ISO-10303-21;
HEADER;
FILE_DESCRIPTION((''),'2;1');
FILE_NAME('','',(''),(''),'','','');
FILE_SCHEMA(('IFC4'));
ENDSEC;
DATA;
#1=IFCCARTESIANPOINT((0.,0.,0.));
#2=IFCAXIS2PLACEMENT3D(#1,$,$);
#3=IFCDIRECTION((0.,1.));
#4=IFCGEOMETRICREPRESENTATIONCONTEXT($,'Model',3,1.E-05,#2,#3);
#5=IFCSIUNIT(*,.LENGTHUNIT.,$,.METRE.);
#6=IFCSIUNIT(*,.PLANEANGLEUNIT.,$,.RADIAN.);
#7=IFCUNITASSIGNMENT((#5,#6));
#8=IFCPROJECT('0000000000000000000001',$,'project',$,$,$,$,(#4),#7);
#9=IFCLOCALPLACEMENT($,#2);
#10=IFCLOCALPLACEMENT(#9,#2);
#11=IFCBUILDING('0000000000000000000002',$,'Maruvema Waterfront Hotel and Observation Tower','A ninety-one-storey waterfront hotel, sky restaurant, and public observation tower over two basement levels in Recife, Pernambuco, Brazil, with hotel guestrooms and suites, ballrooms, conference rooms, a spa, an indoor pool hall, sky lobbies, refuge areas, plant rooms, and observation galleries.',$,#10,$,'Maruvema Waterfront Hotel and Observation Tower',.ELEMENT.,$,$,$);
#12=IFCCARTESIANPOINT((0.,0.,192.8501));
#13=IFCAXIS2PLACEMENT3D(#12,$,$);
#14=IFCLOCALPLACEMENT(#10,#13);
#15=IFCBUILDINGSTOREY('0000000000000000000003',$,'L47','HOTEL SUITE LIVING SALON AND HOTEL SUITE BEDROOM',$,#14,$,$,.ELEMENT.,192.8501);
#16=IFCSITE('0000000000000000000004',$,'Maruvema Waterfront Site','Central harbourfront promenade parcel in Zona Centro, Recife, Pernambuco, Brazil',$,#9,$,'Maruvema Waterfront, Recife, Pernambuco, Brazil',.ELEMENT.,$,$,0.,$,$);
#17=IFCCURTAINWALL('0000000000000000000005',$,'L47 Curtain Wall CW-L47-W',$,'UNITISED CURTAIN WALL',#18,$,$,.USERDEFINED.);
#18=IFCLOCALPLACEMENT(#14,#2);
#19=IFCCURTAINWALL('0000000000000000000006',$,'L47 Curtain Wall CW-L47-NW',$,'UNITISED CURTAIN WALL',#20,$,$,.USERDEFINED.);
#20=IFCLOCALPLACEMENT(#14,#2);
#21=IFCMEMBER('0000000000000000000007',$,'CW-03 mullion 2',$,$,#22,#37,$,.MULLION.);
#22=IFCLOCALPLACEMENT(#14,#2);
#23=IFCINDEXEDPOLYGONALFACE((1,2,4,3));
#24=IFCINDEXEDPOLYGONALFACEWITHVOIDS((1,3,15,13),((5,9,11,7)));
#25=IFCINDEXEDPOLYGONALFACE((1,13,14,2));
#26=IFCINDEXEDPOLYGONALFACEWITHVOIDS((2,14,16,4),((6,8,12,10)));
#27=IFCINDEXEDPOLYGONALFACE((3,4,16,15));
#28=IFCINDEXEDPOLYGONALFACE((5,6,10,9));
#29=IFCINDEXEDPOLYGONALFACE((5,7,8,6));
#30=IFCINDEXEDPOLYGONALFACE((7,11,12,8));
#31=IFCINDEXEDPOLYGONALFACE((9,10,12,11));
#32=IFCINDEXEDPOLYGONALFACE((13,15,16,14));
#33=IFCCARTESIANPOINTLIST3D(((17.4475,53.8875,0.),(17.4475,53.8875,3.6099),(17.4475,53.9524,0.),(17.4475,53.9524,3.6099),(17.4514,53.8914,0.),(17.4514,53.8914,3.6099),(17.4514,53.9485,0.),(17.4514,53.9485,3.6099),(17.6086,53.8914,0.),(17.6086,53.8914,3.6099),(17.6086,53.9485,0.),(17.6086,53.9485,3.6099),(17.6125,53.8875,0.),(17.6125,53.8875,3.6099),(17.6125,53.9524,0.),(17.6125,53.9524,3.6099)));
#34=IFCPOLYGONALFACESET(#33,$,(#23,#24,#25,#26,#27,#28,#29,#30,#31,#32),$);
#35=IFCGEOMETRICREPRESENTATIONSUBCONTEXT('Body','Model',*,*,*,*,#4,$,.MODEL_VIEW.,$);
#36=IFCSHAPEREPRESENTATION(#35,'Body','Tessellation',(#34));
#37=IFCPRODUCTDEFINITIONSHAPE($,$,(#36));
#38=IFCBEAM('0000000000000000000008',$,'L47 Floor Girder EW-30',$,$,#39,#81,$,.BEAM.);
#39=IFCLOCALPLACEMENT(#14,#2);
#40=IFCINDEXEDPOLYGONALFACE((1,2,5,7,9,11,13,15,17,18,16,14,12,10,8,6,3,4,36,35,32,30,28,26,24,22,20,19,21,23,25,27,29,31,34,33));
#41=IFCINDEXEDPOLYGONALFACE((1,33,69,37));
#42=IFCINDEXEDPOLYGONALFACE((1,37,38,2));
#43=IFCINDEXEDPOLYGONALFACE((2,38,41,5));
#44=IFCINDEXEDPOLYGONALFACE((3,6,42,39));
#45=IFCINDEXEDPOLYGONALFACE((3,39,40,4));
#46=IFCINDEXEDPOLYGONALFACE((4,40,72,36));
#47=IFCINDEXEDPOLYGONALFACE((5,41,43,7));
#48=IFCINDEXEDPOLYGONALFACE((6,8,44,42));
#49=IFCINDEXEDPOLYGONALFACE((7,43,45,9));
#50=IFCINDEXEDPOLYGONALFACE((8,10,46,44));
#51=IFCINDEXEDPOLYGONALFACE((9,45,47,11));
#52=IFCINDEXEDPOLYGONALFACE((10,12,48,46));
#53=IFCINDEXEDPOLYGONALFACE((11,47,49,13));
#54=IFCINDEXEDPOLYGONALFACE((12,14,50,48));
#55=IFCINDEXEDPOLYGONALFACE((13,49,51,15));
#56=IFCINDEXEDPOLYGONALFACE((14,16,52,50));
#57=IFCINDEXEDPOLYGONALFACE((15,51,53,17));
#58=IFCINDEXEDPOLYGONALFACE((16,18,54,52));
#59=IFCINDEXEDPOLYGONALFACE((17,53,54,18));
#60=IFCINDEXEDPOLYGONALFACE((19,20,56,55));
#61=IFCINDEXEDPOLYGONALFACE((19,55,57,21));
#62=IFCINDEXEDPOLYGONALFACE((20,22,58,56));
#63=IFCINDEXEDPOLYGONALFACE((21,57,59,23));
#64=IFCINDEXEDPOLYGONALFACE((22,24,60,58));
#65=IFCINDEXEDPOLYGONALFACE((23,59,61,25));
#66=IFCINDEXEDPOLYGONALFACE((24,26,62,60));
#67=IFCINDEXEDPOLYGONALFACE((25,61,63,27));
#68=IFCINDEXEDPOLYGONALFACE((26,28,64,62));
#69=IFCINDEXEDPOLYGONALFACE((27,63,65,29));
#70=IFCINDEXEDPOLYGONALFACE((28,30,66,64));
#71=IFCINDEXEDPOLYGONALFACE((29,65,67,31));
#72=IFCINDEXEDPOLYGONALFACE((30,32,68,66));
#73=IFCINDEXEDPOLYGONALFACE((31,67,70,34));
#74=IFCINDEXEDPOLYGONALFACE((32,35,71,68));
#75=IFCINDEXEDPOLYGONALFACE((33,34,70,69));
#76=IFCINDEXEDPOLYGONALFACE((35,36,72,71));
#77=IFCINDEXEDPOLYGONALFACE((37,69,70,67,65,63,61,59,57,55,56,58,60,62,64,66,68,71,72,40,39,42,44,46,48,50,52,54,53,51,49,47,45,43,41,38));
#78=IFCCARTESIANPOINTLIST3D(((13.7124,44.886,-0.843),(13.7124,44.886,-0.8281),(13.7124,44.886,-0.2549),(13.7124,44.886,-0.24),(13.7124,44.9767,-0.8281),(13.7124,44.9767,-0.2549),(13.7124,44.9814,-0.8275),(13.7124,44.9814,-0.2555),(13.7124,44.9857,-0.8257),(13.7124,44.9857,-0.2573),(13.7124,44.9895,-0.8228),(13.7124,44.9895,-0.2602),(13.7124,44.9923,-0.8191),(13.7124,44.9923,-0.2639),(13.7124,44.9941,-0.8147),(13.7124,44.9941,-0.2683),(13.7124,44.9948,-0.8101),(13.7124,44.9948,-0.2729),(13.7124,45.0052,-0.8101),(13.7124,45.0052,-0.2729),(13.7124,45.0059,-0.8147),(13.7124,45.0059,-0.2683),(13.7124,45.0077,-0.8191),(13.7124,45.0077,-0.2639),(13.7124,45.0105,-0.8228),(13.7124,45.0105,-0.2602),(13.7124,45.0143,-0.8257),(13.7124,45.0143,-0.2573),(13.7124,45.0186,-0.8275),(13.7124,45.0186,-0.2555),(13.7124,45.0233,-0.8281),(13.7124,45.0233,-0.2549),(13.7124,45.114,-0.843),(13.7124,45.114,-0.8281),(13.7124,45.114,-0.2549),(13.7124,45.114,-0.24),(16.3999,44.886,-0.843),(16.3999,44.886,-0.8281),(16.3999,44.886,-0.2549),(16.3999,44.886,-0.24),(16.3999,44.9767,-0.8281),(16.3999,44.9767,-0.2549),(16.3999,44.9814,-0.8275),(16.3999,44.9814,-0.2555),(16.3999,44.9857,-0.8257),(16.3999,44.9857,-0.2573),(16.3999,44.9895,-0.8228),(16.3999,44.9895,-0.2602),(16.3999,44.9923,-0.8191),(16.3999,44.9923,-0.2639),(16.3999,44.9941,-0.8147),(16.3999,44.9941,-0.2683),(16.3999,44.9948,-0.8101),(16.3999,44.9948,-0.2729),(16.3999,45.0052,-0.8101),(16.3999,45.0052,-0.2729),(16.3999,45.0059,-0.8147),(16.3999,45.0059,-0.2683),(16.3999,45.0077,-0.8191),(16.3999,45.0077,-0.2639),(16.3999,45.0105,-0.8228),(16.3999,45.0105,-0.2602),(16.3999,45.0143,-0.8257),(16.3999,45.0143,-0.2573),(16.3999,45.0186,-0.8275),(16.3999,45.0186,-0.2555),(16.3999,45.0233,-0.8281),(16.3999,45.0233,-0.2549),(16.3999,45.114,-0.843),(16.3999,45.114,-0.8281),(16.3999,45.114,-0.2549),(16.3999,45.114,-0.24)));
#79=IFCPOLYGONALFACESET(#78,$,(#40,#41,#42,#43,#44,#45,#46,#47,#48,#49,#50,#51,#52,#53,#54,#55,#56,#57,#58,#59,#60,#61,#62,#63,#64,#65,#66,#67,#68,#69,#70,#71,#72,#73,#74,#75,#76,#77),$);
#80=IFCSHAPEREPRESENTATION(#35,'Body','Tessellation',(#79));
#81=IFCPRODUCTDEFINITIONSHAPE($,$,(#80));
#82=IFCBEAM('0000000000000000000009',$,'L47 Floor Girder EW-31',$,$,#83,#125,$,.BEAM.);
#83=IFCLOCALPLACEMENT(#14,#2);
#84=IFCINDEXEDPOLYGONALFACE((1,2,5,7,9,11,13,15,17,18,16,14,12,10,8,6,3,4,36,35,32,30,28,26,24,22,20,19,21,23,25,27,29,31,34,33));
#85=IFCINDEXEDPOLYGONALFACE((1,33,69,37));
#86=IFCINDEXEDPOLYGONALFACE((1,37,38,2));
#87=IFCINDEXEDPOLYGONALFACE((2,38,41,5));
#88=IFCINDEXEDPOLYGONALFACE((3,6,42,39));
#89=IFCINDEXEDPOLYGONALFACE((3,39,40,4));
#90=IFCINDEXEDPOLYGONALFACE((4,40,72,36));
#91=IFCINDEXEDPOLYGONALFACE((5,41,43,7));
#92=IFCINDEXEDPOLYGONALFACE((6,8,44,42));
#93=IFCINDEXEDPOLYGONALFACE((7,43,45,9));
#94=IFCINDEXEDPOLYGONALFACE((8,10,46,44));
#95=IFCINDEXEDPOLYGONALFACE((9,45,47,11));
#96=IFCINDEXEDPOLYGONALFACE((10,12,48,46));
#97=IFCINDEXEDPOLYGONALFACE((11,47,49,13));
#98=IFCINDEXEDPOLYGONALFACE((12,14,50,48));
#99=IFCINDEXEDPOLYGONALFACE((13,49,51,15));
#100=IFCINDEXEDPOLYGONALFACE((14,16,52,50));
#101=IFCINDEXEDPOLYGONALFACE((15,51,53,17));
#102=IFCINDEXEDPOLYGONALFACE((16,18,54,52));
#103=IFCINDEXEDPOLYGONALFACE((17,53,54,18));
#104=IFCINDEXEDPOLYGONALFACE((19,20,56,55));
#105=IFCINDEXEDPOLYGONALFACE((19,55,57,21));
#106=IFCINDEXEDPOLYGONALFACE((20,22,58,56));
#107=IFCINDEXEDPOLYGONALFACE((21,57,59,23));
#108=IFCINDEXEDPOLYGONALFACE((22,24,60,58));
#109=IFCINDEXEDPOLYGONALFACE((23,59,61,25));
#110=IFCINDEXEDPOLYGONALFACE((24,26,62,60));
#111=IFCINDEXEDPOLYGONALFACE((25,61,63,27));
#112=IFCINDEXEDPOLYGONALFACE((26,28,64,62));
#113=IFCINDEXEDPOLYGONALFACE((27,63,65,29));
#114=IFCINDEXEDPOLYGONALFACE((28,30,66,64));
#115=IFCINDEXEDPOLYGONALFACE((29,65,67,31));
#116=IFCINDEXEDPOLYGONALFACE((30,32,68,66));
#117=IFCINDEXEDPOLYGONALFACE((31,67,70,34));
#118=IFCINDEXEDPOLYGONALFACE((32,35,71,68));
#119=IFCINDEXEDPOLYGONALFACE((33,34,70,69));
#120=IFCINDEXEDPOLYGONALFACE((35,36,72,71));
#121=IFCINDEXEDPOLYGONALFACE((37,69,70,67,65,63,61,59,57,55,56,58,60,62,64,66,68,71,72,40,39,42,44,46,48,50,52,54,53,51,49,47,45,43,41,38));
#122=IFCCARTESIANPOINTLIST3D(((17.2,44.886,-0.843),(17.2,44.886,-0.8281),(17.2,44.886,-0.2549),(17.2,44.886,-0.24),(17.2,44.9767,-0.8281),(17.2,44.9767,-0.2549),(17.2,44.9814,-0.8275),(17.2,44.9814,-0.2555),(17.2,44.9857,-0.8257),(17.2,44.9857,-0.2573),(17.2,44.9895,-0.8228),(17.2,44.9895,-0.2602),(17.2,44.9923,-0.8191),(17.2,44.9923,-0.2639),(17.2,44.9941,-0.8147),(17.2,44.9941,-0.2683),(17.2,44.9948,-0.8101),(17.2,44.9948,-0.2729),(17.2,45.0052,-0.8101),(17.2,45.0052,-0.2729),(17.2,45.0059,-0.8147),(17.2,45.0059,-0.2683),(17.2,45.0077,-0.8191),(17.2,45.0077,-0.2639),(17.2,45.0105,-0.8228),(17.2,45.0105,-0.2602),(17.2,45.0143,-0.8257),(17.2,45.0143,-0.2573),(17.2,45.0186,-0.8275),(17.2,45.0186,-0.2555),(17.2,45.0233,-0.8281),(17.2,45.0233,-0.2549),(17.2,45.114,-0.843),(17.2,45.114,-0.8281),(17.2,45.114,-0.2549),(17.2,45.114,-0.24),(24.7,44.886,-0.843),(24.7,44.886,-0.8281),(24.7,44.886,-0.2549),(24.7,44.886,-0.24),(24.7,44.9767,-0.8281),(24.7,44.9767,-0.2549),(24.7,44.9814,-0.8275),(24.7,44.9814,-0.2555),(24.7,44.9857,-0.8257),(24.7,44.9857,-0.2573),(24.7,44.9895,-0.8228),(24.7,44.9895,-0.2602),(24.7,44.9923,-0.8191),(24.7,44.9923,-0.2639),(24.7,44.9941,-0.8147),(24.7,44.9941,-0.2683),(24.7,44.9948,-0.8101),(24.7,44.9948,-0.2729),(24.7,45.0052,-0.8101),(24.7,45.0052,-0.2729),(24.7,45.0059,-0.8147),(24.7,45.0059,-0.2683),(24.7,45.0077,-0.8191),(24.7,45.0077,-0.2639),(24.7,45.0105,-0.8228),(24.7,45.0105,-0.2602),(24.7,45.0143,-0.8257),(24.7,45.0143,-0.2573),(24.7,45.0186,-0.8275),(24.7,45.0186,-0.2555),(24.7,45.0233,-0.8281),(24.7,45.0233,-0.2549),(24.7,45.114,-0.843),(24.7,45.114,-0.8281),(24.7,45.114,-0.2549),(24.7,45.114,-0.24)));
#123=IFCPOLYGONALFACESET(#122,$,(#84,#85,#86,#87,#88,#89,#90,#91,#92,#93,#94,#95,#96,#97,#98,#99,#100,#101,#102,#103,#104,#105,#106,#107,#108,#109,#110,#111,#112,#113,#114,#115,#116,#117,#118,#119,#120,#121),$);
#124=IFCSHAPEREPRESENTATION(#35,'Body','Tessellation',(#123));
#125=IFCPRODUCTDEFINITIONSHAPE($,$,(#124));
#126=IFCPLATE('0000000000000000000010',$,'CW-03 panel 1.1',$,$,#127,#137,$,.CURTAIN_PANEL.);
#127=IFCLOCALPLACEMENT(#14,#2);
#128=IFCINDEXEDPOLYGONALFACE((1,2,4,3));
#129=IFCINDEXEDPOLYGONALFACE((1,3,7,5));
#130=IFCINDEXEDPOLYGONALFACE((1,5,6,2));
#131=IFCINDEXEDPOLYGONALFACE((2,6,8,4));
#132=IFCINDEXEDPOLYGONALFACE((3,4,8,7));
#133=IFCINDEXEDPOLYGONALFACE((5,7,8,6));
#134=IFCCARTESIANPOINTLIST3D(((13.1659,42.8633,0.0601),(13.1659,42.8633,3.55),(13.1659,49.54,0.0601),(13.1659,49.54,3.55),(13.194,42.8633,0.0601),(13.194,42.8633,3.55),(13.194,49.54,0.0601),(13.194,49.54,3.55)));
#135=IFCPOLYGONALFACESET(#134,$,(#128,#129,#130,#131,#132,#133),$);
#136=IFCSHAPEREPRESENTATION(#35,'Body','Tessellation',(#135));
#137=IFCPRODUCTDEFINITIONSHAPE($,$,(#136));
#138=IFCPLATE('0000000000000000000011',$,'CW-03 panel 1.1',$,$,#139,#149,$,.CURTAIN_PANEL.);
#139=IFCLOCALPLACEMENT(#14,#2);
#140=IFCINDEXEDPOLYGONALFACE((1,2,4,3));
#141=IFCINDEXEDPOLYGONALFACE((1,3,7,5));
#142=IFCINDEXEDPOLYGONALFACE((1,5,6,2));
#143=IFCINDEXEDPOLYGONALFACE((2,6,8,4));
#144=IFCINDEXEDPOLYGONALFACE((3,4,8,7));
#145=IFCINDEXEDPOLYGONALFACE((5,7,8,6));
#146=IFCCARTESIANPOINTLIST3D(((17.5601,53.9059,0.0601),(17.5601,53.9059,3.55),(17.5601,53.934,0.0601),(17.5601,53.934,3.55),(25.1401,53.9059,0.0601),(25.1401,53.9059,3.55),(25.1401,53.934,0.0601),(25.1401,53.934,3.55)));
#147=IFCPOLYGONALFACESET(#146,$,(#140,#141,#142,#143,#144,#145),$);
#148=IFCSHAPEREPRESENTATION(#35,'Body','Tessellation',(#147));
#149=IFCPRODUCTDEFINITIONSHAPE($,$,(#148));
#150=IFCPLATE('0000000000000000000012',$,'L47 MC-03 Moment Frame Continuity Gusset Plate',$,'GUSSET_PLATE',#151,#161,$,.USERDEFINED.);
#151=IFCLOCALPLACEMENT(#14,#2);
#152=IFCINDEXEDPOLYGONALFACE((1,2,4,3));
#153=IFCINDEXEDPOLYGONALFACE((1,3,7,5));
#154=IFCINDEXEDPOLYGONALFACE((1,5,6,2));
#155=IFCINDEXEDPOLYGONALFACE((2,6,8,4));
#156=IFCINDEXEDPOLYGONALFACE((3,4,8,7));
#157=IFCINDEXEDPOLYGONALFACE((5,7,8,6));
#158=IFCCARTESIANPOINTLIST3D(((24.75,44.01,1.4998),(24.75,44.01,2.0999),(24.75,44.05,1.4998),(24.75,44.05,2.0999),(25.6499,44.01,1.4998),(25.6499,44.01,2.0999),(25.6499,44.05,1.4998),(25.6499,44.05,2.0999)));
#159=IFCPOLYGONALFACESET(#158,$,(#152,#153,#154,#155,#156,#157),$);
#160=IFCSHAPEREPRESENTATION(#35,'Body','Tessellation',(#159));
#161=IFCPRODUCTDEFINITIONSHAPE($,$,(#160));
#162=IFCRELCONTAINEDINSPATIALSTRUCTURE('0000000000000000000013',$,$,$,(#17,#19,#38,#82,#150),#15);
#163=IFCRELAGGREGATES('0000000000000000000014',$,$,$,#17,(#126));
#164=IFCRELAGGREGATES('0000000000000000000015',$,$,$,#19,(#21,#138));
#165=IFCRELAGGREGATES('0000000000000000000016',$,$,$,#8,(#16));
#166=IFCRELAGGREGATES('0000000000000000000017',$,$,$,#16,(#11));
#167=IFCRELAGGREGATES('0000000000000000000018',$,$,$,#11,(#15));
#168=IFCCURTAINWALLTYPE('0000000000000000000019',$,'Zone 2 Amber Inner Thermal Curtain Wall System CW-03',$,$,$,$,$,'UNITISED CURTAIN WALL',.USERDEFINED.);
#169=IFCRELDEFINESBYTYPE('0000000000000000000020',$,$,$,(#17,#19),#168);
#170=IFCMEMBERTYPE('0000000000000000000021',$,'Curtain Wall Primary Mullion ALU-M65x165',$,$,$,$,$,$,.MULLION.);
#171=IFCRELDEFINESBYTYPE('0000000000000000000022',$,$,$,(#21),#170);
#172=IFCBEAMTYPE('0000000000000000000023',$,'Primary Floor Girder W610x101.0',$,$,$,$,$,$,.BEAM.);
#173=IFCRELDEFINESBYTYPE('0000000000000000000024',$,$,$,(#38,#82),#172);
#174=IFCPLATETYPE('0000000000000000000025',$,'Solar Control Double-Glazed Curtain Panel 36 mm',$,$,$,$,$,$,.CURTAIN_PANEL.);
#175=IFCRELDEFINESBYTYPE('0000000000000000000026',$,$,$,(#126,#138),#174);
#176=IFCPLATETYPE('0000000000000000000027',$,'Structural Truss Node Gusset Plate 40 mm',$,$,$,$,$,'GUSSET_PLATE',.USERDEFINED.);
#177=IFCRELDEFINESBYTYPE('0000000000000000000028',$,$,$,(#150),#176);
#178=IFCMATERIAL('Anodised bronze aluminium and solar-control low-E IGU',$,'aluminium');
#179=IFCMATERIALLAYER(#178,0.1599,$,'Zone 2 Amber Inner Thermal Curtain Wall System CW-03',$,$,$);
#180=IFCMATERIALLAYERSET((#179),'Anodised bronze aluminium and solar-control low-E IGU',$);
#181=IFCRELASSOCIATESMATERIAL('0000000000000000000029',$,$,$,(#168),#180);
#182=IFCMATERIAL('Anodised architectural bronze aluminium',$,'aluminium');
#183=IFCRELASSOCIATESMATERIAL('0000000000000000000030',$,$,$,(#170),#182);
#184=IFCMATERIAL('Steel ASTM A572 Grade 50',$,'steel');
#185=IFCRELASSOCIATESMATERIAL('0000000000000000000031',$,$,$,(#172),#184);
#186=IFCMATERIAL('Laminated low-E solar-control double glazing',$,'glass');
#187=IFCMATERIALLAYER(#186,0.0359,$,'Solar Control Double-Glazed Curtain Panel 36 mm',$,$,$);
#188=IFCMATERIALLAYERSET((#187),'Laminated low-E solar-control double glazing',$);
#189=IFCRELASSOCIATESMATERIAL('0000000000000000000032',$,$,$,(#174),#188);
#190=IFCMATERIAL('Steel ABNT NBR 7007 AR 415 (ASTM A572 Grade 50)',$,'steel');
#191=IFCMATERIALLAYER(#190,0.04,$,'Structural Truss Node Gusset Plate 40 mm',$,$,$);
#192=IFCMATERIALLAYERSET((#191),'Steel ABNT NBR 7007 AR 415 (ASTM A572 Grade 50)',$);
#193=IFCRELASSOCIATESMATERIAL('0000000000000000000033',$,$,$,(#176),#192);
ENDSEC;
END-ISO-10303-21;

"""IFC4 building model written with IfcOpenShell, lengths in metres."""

from ifc_helpers import new_model, si_unit, direction, frame, origin, origin_2d, place, context, subcontext, project, spatial, rectangle, hollow_rectangle, i_section, extrude, material, layer, layer_set, material_profile, profile_set, type_object, element, aggregate, save


model = new_model("IFC4")

# Units and contexts
model_context = context("Model", 3, precision=1e-05, world=origin(), true_north=direction((0.0, 1.0)))
body_context = subcontext(model_context, "Body", "Model", "MODEL_VIEW")
ifc_project = project(units=[si_unit("LENGTHUNIT", "METRE"), si_unit("PLANEANGLEUNIT", "RADIAN")], contexts=[model_context])

# Site, building, storey
site_placement = place(None, origin())
site = spatial("IfcSite", under=ifc_project, at=site_placement, Name="Maruvema Waterfront Site", Description="Central harbourfront promenade parcel in Zona Centro, Recife, Pernambuco, Brazil", LongName="Maruvema Waterfront, Recife, Pernambuco, Brazil", CompositionType="ELEMENT", RefElevation=0.0)
building_placement = place(site_placement, origin())
building = spatial("IfcBuilding", under=site, at=building_placement, Name="Maruvema Waterfront Hotel and Observation Tower", Description="A ninety-one-storey waterfront hotel, sky restaurant, and public observation tower over two basement levels in Recife, Pernambuco, Brazil, with hotel guestrooms and suites, ballrooms, conference rooms, a spa, an indoor pool hall, sky lobbies, refuge areas, plant rooms, and observation galleries.", LongName="Maruvema Waterfront Hotel and Observation Tower", CompositionType="ELEMENT")
storey_placement = place(building_placement, frame((0.0, 0.0, 192.8501)))
storey = spatial("IfcBuildingStorey", under=building, at=storey_placement, Name="L47", Description="HOTEL SUITE LIVING SALON AND HOTEL SUITE BEDROOM", CompositionType="ELEMENT", Elevation=192.8501)

# Curtain walls
ifc_material_1 = material(Name="Anodised bronze aluminium and solar-control low-E IGU", Category="aluminium")
ifc_layer_1 = layer(ifc_material_1, 0.1599, Name="Zone 2 Amber Inner Thermal Curtain Wall System CW-03")
ifc_layer_set_1 = layer_set([ifc_layer_1], Name="Anodised bronze aluminium and solar-control low-E IGU")
curtain_wall_type = type_object("IfcCurtainWallType", Name="Zone 2 Amber Inner Thermal Curtain Wall System CW-03", ElementType="UNITISED CURTAIN WALL", PredefinedType="USERDEFINED", material=ifc_layer_set_1)
curtain_wall_1_placement = place(storey_placement, origin())
curtain_wall_1 = element("IfcCurtainWall", 1, at=curtain_wall_1_placement, inside=storey, type_object=curtain_wall_type, Name="L47 Curtain Wall CW-L47-W", ObjectType="UNITISED CURTAIN WALL", PredefinedType="USERDEFINED")
curtain_wall_2_placement = place(storey_placement, origin())
curtain_wall_2 = element("IfcCurtainWall", 2, at=curtain_wall_2_placement, inside=storey, type_object=curtain_wall_type, Name="L47 Curtain Wall CW-L47-NW", ObjectType="UNITISED CURTAIN WALL", PredefinedType="USERDEFINED")

# Member
ifc_material_2 = material(Name="Anodised architectural bronze aluminium", Category="aluminium")
ifc_material_profile_1 = material_profile(ifc_material_2, hollow_rectangle(XDim=0.0649, YDim=0.165, WallThickness=0.0039, at=origin_2d()), Name="ALU-M65x165")
ifc_profile_set_1 = profile_set([ifc_material_profile_1], Name="Anodised architectural bronze aluminium")
member_type_1 = type_object("IfcMemberType", Name="Curtain Wall Primary Mullion ALU-M65x165", PredefinedType="MULLION", material=ifc_profile_set_1)
member_1_placement = place(storey_placement, frame((17.53, 53.9199, 0.0), z_axis=(0.0, 0.0, 1.0), x_axis=(0.0, -1.0, 0.0)))
member_1 = element("IfcMember", 3, at=member_1_placement, type_object=member_type_1, Name="CW-03 mullion 2", PredefinedType="MULLION", context=body_context, shape_type="SweptSolid", body=[
    extrude(hollow_rectangle(XDim=0.0649, YDim=0.165, WallThickness=0.0039, at=origin_2d()), origin(), (0.0, 0.0, 1.0), 3.6099),
])

# Beams
ifc_material_3 = material(Name="Steel ASTM A572 Grade 50", Category="steel")
ifc_material_profile_2 = material_profile(ifc_material_3, i_section(OverallWidth=0.228, OverallDepth=0.603, WebThickness=0.0105, FlangeThickness=0.0149, FilletRadius=0.0181, at=origin_2d()), Name="W610x101.0")
ifc_profile_set_2 = profile_set([ifc_material_profile_2], Name="Steel ASTM A572 Grade 50")
beam_type = type_object("IfcBeamType", Name="Primary Floor Girder W610x101.0", PredefinedType="BEAM", material=ifc_profile_set_2)
beam_1_placement = place(storey_placement, frame((13.7124, 45.0, -0.5415), z_axis=(1.0, 0.0, 0.0), x_axis=(0.0, 1.0, 0.0)))
element("IfcBeam", 4, at=beam_1_placement, inside=storey, type_object=beam_type, Name="L47 Floor Girder EW-30", PredefinedType="BEAM", context=body_context, shape_type="SweptSolid", body=[
    extrude(i_section(OverallWidth=0.228, OverallDepth=0.603, WebThickness=0.0105, FlangeThickness=0.0149, FilletRadius=0.0181, at=origin_2d()), origin(), (0.0, 0.0, 1.0), 2.6875),
])
beam_2_placement = place(storey_placement, frame((17.2, 45.0, -0.5415), z_axis=(1.0, 0.0, 0.0), x_axis=(0.0, 1.0, 0.0)))
element("IfcBeam", 5, at=beam_2_placement, inside=storey, type_object=beam_type, Name="L47 Floor Girder EW-31", PredefinedType="BEAM", context=body_context, shape_type="SweptSolid", body=[
    extrude(i_section(OverallWidth=0.228, OverallDepth=0.603, WebThickness=0.0105, FlangeThickness=0.0149, FilletRadius=0.0181, at=origin_2d()), origin(), (0.0, 0.0, 1.0), 7.5),
])

# Plates
ifc_material_4 = material(Name="Laminated low-E solar-control double glazing", Category="glass")
ifc_layer_2 = layer(ifc_material_4, 0.0359, Name="Solar Control Double-Glazed Curtain Panel 36 mm")
ifc_layer_set_2 = layer_set([ifc_layer_2], Name="Laminated low-E solar-control double glazing")
plate_type_1 = type_object("IfcPlateType", Name="Solar Control Double-Glazed Curtain Panel 36 mm", PredefinedType="CURTAIN_PANEL", material=ifc_layer_set_2)
plate_1_placement = place(storey_placement, frame((13.1799, 46.2017, 0.0601), z_axis=(0.0, 0.0, 1.0), x_axis=(0.0, -1.0, 0.0)))
plate_1 = element("IfcPlate", 6, at=plate_1_placement, type_object=plate_type_1, Name="CW-03 panel 1.1", PredefinedType="CURTAIN_PANEL", context=body_context, shape_type="SweptSolid", body=[
    extrude(rectangle(XDim=6.6768, YDim=0.0281, at=origin_2d()), origin(), (0.0, 0.0, 1.0), 3.49),
])
aggregate(curtain_wall_1, [plate_1])
plate_2_placement = place(storey_placement, frame((21.3501, 53.9199, 0.0601), z_axis=(0.0, 0.0, 1.0), x_axis=(-1.0, 0.0, 0.0)))
plate_2 = element("IfcPlate", 7, at=plate_2_placement, type_object=plate_type_1, Name="CW-03 panel 1.1", PredefinedType="CURTAIN_PANEL", context=body_context, shape_type="SweptSolid", body=[
    extrude(rectangle(XDim=7.5801, YDim=0.0281, at=origin_2d()), origin(), (0.0, 0.0, 1.0), 3.49),
])
aggregate(curtain_wall_2, [member_1, plate_2])
ifc_material_5 = material(Name="Steel ABNT NBR 7007 AR 415 (ASTM A572 Grade 50)", Category="steel")
ifc_layer_3 = layer(ifc_material_5, 0.04, Name="Structural Truss Node Gusset Plate 40 mm")
ifc_layer_set_3 = layer_set([ifc_layer_3], Name="Steel ABNT NBR 7007 AR 415 (ASTM A572 Grade 50)")
plate_type_2 = type_object("IfcPlateType", Name="Structural Truss Node Gusset Plate 40 mm", ElementType="GUSSET_PLATE", PredefinedType="USERDEFINED", material=ifc_layer_set_3)
plate_3_placement = place(storey_placement, frame((25.2, 44.03, 1.4998), z_axis=(0.0, 0.0, 1.0), x_axis=(1.0, 0.0, 0.0)))
element("IfcPlate", 8, at=plate_3_placement, inside=storey, type_object=plate_type_2, Name="L47 MC-03 Moment Frame Continuity Gusset Plate", ObjectType="GUSSET_PLATE", PredefinedType="USERDEFINED", context=body_context, shape_type="SweptSolid", body=[
    extrude(rectangle(XDim=0.8999, YDim=0.04, at=origin_2d()), origin(), (0.0, 0.0, 1.0), 0.6001),
])

save(model, "model.ifc")
